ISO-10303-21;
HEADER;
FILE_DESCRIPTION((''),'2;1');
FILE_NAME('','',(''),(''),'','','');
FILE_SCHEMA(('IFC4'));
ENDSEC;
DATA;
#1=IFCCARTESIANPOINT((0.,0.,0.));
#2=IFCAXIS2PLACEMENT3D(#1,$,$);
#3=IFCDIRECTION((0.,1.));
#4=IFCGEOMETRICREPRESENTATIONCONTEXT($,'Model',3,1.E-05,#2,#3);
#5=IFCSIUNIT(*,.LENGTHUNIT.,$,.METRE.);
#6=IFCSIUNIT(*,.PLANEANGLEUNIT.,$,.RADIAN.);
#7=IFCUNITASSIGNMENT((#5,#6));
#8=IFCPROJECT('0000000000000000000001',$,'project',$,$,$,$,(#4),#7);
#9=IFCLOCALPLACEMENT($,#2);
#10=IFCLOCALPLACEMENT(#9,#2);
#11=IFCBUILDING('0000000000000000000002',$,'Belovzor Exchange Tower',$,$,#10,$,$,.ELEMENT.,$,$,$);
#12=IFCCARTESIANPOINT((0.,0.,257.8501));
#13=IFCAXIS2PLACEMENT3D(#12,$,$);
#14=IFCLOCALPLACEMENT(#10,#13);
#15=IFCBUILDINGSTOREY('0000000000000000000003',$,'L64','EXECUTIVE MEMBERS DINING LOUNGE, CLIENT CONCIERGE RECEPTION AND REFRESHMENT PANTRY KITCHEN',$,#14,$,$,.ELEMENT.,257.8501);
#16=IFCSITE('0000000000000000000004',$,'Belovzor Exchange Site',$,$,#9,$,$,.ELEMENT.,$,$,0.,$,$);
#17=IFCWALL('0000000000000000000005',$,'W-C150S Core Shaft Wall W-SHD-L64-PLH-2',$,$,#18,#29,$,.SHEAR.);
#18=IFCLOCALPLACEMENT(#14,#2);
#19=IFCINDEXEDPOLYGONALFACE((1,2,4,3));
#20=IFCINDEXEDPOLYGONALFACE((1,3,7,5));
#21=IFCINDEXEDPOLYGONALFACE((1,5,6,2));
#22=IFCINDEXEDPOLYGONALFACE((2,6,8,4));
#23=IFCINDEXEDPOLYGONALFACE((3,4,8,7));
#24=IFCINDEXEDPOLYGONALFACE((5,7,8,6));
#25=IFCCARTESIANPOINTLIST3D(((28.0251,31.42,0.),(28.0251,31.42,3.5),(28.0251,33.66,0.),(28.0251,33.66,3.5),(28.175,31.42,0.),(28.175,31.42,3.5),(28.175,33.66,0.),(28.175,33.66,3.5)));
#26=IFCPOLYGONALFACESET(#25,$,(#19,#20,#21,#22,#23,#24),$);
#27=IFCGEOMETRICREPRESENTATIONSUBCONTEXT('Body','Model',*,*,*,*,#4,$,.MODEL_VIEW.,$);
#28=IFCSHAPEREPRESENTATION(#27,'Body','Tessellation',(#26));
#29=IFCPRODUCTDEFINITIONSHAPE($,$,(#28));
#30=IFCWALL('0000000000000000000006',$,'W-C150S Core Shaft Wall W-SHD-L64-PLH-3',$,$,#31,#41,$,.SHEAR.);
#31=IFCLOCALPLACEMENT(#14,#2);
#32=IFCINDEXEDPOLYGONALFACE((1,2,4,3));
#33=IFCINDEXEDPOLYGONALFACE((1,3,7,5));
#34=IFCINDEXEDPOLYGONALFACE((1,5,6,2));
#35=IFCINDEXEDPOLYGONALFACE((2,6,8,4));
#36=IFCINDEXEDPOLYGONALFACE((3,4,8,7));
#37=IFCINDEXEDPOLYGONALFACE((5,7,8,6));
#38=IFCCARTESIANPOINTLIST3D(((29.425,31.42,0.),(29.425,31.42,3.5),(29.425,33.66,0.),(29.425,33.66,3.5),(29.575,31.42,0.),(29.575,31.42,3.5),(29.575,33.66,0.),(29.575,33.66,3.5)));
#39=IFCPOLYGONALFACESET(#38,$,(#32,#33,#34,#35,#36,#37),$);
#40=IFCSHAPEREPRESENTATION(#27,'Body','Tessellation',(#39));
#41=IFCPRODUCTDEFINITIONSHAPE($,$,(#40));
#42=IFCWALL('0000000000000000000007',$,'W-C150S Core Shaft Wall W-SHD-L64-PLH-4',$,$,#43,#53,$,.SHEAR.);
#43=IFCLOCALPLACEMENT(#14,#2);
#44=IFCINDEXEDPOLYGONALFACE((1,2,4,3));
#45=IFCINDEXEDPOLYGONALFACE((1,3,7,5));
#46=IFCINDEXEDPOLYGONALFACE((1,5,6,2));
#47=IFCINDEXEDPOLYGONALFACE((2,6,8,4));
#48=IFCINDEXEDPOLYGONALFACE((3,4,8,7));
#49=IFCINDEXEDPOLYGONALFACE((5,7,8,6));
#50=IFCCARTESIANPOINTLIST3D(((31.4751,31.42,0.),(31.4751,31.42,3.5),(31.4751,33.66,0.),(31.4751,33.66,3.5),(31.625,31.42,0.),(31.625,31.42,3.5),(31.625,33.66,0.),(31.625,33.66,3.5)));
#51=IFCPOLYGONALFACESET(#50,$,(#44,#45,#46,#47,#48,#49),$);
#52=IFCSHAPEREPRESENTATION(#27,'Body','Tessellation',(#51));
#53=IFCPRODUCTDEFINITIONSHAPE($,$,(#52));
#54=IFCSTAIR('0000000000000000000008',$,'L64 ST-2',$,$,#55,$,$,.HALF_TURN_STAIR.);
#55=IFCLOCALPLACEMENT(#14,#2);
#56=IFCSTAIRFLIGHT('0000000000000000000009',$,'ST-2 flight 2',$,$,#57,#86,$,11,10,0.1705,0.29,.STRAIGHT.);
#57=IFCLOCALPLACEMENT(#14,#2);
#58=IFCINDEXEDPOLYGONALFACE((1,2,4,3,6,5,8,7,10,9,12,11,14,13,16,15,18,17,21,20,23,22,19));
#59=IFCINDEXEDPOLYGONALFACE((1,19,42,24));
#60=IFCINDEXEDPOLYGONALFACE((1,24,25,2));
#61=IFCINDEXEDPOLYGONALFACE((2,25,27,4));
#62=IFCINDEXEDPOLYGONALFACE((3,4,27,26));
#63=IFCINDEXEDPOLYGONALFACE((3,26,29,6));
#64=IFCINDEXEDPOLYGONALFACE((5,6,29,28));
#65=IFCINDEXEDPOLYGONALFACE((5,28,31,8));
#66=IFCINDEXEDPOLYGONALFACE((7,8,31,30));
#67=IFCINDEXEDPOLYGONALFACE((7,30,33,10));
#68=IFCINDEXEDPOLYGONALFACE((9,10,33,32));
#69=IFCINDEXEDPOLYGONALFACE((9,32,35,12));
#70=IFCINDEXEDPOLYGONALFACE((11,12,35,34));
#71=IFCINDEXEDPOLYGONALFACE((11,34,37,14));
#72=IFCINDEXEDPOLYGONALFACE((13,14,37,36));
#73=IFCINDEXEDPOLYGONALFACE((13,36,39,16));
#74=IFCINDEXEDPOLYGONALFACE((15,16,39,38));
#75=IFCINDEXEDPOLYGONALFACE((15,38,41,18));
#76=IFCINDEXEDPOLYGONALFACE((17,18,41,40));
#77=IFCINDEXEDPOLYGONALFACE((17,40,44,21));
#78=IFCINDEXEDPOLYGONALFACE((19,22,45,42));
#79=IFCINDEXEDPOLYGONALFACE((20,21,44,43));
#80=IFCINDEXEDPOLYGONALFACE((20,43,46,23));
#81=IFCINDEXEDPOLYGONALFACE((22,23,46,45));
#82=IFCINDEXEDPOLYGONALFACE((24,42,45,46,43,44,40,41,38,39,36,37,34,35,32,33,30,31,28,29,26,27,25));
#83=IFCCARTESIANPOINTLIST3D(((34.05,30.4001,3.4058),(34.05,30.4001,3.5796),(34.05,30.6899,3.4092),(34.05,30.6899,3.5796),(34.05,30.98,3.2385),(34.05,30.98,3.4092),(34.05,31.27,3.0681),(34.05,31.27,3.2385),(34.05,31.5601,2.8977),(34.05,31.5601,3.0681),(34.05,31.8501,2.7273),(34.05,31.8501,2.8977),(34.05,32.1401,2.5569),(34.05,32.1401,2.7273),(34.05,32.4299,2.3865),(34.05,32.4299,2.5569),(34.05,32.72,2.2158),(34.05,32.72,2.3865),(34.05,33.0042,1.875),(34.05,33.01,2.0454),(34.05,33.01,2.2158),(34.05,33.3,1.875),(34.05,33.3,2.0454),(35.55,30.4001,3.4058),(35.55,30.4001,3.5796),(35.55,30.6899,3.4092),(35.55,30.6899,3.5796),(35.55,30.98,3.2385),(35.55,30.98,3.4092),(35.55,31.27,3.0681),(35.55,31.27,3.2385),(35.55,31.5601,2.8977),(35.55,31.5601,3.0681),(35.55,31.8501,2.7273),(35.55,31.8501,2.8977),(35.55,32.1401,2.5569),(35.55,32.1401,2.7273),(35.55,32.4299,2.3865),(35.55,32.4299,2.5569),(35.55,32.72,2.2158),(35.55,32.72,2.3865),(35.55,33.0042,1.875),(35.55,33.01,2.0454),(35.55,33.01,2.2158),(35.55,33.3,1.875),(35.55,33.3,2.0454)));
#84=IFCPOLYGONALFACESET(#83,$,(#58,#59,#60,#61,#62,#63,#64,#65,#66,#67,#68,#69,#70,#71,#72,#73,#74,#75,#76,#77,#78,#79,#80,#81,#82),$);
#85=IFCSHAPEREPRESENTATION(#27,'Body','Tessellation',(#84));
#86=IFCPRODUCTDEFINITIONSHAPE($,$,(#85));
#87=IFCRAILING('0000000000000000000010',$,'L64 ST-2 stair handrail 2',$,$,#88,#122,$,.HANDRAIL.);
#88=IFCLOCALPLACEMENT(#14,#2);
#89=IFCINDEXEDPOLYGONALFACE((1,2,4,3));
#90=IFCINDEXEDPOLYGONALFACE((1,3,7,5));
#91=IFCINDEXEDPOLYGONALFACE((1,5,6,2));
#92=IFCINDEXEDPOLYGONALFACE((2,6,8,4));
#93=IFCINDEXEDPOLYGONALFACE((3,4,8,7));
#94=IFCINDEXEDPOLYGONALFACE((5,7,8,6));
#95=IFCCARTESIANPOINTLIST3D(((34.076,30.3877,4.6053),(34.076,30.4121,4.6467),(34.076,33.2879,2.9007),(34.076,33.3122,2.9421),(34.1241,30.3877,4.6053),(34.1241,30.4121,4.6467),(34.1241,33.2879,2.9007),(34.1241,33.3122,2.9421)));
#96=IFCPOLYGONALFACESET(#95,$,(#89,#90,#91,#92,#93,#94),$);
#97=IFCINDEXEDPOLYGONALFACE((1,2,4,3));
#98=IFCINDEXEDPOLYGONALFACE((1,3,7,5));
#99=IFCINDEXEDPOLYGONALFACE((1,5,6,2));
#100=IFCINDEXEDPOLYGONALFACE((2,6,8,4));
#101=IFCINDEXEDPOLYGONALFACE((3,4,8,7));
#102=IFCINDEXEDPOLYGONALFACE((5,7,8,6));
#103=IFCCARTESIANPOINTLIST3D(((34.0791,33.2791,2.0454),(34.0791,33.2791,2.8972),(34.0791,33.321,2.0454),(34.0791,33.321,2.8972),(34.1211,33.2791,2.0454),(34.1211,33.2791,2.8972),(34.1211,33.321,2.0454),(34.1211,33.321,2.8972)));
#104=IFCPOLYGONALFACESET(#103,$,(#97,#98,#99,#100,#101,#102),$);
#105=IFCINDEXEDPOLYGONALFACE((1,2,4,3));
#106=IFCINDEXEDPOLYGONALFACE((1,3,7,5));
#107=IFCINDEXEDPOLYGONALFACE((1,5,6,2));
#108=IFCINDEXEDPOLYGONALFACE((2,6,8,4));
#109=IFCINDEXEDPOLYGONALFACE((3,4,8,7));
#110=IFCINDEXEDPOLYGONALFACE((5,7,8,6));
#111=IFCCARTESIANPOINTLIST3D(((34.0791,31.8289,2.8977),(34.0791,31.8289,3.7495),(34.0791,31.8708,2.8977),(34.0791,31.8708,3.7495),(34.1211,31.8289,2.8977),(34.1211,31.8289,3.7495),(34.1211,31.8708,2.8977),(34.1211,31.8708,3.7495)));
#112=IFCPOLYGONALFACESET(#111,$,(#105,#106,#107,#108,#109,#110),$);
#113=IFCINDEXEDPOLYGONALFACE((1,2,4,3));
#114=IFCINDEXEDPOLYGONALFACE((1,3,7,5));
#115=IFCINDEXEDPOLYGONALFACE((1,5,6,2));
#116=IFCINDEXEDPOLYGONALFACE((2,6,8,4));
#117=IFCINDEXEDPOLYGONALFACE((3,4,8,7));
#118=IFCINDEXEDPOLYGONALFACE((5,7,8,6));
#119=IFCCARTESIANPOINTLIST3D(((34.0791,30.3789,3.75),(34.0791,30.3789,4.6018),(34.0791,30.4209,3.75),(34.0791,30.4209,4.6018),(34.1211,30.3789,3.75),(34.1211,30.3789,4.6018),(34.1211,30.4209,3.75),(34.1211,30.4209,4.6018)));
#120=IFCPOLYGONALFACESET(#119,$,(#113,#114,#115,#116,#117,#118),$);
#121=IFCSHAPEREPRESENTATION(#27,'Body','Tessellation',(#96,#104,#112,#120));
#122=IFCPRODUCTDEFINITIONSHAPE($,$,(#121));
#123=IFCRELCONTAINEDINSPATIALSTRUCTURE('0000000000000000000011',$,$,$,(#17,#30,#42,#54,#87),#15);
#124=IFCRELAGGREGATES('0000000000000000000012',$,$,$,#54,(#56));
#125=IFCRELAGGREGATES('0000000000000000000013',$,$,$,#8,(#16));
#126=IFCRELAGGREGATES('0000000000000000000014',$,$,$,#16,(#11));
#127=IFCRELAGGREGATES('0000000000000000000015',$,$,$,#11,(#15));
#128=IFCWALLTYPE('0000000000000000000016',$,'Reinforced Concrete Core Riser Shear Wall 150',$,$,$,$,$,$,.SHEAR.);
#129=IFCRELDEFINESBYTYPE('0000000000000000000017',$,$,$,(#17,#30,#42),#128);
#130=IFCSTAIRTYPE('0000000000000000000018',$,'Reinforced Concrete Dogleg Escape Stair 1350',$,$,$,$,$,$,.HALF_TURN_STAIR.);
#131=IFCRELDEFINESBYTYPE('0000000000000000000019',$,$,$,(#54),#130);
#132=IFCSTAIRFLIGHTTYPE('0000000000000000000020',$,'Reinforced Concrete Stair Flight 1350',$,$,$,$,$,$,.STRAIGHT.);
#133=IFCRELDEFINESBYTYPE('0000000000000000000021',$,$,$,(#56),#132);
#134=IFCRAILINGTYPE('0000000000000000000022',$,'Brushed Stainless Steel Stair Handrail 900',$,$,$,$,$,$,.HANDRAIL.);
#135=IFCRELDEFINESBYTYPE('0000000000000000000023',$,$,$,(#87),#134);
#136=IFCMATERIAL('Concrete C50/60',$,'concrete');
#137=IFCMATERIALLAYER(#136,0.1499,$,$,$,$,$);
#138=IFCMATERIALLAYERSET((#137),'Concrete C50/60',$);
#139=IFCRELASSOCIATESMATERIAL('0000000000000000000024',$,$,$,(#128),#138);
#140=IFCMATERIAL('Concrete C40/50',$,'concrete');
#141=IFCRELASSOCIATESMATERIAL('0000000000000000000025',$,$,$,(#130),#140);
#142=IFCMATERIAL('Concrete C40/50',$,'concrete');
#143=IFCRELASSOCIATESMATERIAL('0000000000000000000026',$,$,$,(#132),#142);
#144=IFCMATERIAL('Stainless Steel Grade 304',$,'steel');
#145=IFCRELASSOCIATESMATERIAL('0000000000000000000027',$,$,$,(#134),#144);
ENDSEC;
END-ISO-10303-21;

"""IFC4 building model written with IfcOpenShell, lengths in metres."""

from ifc_helpers import new_model, si_unit, direction, frame, frame_2d, origin, origin_2d, place, context, subcontext, project, spatial, polyline, rectangle, outline, extrude, material, layer, layer_set, type_object, element, aggregate, save


model = new_model("IFC4")

# Units and contexts
model_context = context("Model", 3, precision=1e-05, world=origin(), true_north=direction((0.0, 1.0)))
body_context = subcontext(model_context, "Body", "Model", "MODEL_VIEW")
ifc_project = project(units=[si_unit("LENGTHUNIT", "METRE"), si_unit("PLANEANGLEUNIT", "RADIAN")], contexts=[model_context])

# Site, building, storey
site_placement = place(None, origin())
site = spatial("IfcSite", under=ifc_project, at=site_placement, Name="Belovzor Exchange Site", CompositionType="ELEMENT", RefElevation=0.0)
building_placement = place(site_placement, origin())
building = spatial("IfcBuilding", under=site, at=building_placement, Name="Belovzor Exchange Tower", CompositionType="ELEMENT")
storey_placement = place(building_placement, frame((0.0, 0.0, 257.8501)))
storey = spatial("IfcBuildingStorey", under=building, at=storey_placement, Name="L64", Description="EXECUTIVE MEMBERS DINING LOUNGE, CLIENT CONCIERGE RECEPTION AND REFRESHMENT PANTRY KITCHEN", CompositionType="ELEMENT", Elevation=257.8501)

# Walls
ifc_material_1 = material(Name="Concrete C50/60", Category="concrete")
ifc_layer_1 = layer(ifc_material_1, 0.1499)
ifc_layer_set_1 = layer_set([ifc_layer_1], Name="Concrete C50/60")
wall_type_1 = type_object("IfcWallType", Name="Reinforced Concrete Core Riser Shear Wall 150", PredefinedType="SHEAR", material=ifc_layer_set_1)
for number, where, z_axis, x_axis, name in (
    (1, (28.1001, 31.4199, 0.0), (0.0, 0.0, 1.0), (0.0, 1.0, 0.0), "W-C150S Core Shaft Wall W-SHD-L64-PLH-2"),
    (2, (29.5, 31.4199, 0.0), (0.0, 0.0, 1.0), (0.0, 1.0, 0.0), "W-C150S Core Shaft Wall W-SHD-L64-PLH-3"),
    (3, (31.55, 31.4199, 0.0), (0.0, 0.0, 1.0), (0.0, 1.0, 0.0), "W-C150S Core Shaft Wall W-SHD-L64-PLH-4"),
):
    element("IfcWall", number, at=place(storey_placement, frame(where, z_axis=z_axis, x_axis=x_axis)), inside=storey, type_object=wall_type_1, Name=name, PredefinedType="SHEAR", context=body_context, shape_type="SweptSolid", body=[
        extrude(rectangle(XDim=2.24, YDim=0.1499, at=frame_2d((1.1201, 0.0))), origin(), (0.0, 0.0, 1.0), 3.5),
    ])

# Stair, stair flight
ifc_material_2 = material(Name="Concrete C40/50", Category="concrete")
stair_type = type_object("IfcStairType", Name="Reinforced Concrete Dogleg Escape Stair 1350", PredefinedType="HALF_TURN_STAIR", material=ifc_material_2)
stair_placement = place(storey_placement, origin())
stair = element("IfcStair", 4, at=stair_placement, inside=storey, type_object=stair_type, Name="L64 ST-2", PredefinedType="HALF_TURN_STAIR")
ifc_material_3 = material(Name="Concrete C40/50", Category="concrete")
stair_flight_type = type_object("IfcStairFlightType", Name="Reinforced Concrete Stair Flight 1350", PredefinedType="STRAIGHT", material=ifc_material_3)
stair_flight_placement = place(storey_placement, frame((34.8, 33.3, 1.875), z_axis=(0.0, 0.0, 1.0), x_axis=(0.0, -1.0, 0.0)))
stair_flight = element("IfcStairFlight", 5, at=stair_flight_placement, type_object=stair_flight_type, Name="ST-2 flight 2", NumberOfRisers=11, NumberOfTreads=10, PredefinedType="STRAIGHT", RiserHeight=0.1705, TreadLength=0.29, context=body_context, shape_type="SweptSolid", body=[
    extrude(outline(polyline([(0.0, 0.0), (0.0, 0.1704), (0.29, 0.1704), (0.29, 0.3408), (0.5801, 0.3408), (0.5801, 0.5115), (0.8701, 0.5115), (0.8701, 0.6819), (1.1599, 0.6819), (1.1599, 0.8523), (1.45, 0.8523), (1.45, 1.0227), (1.74, 1.0227), (1.74, 1.1931), (2.03, 1.1931), (2.03, 1.3635), (2.3201, 1.3635), (2.3201, 1.5342), (2.6101, 1.5342), (2.6101, 1.7046), (2.8999, 1.7046), (2.8999, 1.875), (2.8999, 1.5308), (0.2959, 0.0), (0.0, 0.0)])), frame((0.0, 0.75, 0.0), z_axis=(0.0, -1.0, 0.0), x_axis=(1.0, 0.0, 0.0)), (0.0, 0.0, 1.0), 1.5),
])
aggregate(stair, [stair_flight])

# Railing
ifc_material_4 = material(Name="Stainless Steel Grade 304", Category="steel")
railing_type = type_object("IfcRailingType", Name="Brushed Stainless Steel Stair Handrail 900", PredefinedType="HANDRAIL", material=ifc_material_4)
railing_placement = place(storey_placement, frame((34.1001, 33.3, 2.0454)))
element("IfcRailing", 6, at=railing_placement, inside=storey, type_object=railing_type, Name="L64 ST-2 stair handrail 2", PredefinedType="HANDRAIL", context=body_context, shape_type="SweptSolid", body=[
    extrude(rectangle(XDim=0.0481, YDim=0.0481, at=origin_2d()), frame((0.0, 0.0, 0.876), z_axis=(0.0, -0.862113, 0.506716), x_axis=(1.0, 0.0, 0.0)), (0.0, 0.0, 1.0), 3.364),
    extrude(rectangle(XDim=0.042, YDim=0.042, at=origin_2d()), origin(), (0.0, 0.0, 1.0), 0.8518),
    extrude(rectangle(XDim=0.042, YDim=0.042, at=origin_2d()), frame((0.0, -1.4502, 0.8523)), (0.0, 0.0, 1.0), 0.8518),
    extrude(rectangle(XDim=0.042, YDim=0.042, at=origin_2d()), frame((0.0, -2.9001, 1.7046)), (0.0, 0.0, 1.0), 0.8518),
])

save(model, "model.ifc")
